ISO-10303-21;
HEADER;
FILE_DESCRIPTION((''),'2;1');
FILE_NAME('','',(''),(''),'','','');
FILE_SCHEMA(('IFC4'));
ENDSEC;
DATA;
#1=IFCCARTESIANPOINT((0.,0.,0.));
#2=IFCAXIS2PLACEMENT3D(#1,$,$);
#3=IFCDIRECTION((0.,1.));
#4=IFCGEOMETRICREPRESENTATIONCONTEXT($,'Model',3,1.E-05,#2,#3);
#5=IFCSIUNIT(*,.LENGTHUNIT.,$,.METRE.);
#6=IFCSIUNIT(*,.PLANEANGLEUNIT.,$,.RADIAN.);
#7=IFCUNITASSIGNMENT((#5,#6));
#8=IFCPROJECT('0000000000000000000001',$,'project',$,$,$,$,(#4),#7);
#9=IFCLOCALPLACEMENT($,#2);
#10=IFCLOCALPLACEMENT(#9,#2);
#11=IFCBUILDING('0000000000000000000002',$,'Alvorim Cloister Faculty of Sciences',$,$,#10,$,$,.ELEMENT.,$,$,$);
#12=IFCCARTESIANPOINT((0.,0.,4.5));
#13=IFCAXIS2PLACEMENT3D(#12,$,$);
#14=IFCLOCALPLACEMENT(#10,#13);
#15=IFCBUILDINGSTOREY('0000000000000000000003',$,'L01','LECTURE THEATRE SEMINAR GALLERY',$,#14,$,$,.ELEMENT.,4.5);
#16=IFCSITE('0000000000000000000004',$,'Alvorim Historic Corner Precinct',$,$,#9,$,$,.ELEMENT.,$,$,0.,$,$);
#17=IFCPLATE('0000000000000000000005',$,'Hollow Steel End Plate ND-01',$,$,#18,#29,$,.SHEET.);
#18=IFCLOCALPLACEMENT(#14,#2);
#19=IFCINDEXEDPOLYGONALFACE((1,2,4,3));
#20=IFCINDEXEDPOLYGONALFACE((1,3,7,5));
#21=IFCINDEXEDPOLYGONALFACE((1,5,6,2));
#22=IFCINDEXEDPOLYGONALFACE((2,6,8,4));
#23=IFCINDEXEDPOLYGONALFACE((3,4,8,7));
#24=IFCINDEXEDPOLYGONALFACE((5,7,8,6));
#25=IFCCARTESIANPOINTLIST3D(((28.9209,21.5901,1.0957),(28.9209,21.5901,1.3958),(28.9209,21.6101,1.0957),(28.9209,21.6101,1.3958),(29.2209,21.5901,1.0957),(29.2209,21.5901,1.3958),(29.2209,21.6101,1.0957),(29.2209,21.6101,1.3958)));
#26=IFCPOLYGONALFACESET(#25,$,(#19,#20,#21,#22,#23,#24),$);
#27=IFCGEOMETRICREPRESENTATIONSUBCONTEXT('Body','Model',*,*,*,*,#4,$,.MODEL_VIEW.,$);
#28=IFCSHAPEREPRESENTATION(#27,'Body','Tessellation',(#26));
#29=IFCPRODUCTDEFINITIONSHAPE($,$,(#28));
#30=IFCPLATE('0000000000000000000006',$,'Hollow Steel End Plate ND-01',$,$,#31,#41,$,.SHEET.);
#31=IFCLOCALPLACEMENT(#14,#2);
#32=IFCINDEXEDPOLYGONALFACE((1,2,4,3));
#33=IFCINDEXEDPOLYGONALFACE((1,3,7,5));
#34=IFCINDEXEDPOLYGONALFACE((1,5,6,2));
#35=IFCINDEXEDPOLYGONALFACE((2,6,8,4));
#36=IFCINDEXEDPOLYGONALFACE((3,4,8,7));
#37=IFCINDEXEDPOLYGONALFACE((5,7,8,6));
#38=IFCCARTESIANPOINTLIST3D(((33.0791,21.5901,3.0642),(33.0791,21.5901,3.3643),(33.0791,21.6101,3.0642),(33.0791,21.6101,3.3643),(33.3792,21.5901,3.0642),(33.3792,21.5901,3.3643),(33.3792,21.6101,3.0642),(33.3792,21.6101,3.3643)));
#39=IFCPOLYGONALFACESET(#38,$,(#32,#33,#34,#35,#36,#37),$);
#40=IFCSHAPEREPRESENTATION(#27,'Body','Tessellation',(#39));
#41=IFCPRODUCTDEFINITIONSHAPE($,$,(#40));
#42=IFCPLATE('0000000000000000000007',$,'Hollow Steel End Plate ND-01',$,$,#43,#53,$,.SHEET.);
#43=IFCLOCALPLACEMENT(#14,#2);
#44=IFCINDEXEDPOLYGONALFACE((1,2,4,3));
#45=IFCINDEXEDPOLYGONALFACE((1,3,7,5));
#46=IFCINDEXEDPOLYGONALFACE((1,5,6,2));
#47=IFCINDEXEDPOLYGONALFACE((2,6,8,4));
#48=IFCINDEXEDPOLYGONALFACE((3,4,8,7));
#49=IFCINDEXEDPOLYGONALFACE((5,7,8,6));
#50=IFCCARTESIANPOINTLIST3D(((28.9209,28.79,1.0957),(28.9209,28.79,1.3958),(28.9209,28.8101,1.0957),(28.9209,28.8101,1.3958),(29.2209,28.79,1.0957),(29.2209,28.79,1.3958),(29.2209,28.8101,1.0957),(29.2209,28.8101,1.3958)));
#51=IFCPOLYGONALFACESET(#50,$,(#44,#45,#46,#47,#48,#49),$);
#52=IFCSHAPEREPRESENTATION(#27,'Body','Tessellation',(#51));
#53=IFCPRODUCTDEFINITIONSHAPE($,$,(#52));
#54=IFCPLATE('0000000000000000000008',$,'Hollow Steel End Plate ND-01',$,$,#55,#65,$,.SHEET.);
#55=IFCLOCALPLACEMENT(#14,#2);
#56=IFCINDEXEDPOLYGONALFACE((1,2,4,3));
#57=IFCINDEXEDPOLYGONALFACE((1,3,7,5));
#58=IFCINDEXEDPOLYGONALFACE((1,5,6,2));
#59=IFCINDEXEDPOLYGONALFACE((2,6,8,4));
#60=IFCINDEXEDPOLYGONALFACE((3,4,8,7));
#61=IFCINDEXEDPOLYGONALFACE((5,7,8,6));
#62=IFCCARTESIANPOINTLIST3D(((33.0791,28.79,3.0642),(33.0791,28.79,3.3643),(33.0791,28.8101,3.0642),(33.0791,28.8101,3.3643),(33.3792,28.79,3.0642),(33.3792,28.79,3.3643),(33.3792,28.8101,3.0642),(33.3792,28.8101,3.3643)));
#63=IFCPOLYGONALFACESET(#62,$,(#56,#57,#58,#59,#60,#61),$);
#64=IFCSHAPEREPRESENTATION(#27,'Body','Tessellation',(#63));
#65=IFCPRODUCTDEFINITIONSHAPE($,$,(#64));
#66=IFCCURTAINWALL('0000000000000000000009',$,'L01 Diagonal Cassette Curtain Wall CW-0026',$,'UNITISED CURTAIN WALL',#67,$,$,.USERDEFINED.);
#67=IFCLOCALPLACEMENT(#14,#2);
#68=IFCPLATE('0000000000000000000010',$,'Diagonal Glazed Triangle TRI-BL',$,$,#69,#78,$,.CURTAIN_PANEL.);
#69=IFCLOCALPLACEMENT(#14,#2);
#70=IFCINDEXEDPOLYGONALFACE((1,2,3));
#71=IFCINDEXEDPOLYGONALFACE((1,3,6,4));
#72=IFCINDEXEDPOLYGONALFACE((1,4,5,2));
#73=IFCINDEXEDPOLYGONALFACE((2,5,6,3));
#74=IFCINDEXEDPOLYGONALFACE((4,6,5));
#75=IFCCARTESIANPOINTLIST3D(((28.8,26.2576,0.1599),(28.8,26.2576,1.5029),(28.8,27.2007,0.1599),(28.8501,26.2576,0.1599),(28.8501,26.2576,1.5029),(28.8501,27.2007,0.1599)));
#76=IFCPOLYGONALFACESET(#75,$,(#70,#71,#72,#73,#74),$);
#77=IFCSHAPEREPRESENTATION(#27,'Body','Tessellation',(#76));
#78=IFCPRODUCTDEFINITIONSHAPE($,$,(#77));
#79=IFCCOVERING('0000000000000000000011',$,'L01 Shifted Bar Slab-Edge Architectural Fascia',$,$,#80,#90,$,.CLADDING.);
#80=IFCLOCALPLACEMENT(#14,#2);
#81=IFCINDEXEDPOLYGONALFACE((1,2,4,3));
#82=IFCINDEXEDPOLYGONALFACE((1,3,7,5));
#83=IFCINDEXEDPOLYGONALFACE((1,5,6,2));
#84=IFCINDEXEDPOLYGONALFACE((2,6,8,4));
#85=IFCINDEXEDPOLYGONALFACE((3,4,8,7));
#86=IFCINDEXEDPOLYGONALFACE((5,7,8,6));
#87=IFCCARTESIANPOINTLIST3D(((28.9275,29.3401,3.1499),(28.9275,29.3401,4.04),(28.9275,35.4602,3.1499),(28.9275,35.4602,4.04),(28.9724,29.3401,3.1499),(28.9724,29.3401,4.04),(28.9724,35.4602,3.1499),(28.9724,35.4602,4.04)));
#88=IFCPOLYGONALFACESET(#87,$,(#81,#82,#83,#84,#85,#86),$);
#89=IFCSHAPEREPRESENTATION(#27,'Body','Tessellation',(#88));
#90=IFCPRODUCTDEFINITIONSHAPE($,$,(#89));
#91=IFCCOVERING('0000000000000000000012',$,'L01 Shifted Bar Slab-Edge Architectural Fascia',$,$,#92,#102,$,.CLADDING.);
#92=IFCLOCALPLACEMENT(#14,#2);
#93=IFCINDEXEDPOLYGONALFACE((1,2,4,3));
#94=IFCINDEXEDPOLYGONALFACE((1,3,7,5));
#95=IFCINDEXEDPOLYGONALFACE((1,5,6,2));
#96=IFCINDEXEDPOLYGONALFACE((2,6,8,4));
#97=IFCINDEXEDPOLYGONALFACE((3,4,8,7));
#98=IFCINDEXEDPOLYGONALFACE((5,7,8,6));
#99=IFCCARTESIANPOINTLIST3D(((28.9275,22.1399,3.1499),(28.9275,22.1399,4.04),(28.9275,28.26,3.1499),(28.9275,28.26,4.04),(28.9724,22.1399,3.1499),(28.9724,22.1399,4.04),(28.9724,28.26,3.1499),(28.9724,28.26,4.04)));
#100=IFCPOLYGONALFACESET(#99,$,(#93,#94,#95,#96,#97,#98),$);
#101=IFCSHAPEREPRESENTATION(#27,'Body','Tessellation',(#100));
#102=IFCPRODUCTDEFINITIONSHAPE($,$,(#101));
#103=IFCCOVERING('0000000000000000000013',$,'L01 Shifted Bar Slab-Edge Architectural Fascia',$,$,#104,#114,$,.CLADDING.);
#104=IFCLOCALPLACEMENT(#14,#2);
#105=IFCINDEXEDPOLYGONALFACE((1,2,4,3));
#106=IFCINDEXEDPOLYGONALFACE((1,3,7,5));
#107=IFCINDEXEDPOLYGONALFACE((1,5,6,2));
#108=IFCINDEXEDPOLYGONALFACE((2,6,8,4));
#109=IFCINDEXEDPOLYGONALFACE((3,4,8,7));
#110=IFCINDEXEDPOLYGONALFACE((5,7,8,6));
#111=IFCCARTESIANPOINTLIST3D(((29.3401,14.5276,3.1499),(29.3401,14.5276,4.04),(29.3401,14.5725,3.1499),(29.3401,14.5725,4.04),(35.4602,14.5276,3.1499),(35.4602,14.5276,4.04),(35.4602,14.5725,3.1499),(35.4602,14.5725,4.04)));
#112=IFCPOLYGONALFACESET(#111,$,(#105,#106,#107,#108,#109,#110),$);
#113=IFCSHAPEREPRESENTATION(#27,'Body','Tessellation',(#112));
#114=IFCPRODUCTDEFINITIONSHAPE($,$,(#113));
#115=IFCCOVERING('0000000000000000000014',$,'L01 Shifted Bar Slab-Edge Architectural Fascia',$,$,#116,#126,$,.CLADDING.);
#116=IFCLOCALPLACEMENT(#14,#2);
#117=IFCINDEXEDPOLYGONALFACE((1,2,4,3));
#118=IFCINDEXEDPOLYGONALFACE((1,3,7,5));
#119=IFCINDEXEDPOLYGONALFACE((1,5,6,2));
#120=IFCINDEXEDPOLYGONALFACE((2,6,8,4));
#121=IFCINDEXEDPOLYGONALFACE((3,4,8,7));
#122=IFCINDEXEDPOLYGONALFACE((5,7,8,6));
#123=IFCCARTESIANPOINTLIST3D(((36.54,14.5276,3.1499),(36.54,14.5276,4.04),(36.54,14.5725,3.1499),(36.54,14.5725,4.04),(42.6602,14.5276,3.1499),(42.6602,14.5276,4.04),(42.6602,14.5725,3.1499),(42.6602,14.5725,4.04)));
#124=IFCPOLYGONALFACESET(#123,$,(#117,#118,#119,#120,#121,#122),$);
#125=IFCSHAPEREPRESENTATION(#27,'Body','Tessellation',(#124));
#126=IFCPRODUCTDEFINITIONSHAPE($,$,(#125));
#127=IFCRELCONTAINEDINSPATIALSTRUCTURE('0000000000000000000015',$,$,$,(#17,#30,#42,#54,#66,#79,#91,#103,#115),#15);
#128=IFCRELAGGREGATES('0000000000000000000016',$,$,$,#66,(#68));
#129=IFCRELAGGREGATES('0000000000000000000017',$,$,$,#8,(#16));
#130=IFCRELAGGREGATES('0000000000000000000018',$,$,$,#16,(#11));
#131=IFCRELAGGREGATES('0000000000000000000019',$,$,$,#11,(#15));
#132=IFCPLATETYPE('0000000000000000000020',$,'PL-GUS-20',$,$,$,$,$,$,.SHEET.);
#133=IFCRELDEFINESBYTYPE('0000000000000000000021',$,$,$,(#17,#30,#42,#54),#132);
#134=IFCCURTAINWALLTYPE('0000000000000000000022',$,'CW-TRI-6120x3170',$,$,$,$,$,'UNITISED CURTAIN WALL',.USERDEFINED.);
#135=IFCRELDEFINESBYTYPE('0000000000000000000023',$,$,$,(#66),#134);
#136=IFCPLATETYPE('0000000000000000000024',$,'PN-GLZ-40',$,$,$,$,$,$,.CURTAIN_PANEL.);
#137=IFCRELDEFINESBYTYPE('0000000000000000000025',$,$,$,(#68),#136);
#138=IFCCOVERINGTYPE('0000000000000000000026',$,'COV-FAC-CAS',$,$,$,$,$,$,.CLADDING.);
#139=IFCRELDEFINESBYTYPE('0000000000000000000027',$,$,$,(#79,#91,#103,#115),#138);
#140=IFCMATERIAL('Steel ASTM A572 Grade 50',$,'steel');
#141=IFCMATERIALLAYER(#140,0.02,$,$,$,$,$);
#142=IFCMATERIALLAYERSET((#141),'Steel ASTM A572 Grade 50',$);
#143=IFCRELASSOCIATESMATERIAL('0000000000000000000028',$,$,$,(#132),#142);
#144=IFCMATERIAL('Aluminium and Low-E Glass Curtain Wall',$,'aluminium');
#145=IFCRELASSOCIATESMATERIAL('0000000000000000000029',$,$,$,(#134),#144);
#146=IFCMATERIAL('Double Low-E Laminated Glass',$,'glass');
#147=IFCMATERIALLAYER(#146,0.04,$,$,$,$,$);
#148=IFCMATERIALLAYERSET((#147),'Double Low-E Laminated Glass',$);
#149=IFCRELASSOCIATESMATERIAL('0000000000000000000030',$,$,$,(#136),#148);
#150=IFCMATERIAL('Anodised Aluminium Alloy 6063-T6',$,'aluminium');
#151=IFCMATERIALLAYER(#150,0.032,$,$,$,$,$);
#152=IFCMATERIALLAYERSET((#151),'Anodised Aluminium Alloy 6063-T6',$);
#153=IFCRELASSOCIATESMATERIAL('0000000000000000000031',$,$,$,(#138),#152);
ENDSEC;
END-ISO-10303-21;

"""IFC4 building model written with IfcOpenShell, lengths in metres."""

from ifc_helpers import new_model, si_unit, direction, frame, origin, place, context, subcontext, project, spatial, polyline, outline, extrude, material, layer, layer_set, type_object, element, aggregate, save


model = new_model("IFC4")

# Units and contexts
model_context = context("Model", 3, precision=1e-05, world=origin(), true_north=direction((0.0, 1.0)))
body_context = subcontext(model_context, "Body", "Model", "MODEL_VIEW")
ifc_project = project(units=[si_unit("LENGTHUNIT", "METRE"), si_unit("PLANEANGLEUNIT", "RADIAN")], contexts=[model_context])

# Site, building, storey
site_placement = place(None, origin())
site = spatial("IfcSite", under=ifc_project, at=site_placement, Name="Alvorim Historic Corner Precinct", CompositionType="ELEMENT", RefElevation=0.0)
building_placement = place(site_placement, origin())
building = spatial("IfcBuilding", under=site, at=building_placement, Name="Alvorim Cloister Faculty of Sciences", CompositionType="ELEMENT")
storey_placement = place(building_placement, frame((0.0, 0.0, 4.5)))
storey = spatial("IfcBuildingStorey", under=building, at=storey_placement, Name="L01", Description="LECTURE THEATRE SEMINAR GALLERY", CompositionType="ELEMENT", Elevation=4.5)

# Shared definitions
ifc_material_1 = material(Name="Steel ASTM A572 Grade 50", Category="steel")

# Plates
ifc_layer_1 = layer(ifc_material_1, 0.02)
ifc_layer_set_1 = layer_set([ifc_layer_1], Name="Steel ASTM A572 Grade 50")
plate_type_1 = type_object("IfcPlateType", Name="PL-GUS-20", PredefinedType="SHEET", material=ifc_layer_set_1)
for number, where, z_axis, x_axis, name in (
    (1, (28.9209, 21.6001, 1.0957), (0.0, 0.0, 1.0), (1.0, 0.0, 0.0), "Hollow Steel End Plate ND-01"),
    (2, (33.0791, 21.6001, 3.0642), (0.0, 0.0, 1.0), (1.0, 0.0, 0.0), "Hollow Steel End Plate ND-01"),
    (3, (28.9209, 28.8, 1.0957), (0.0, 0.0, 1.0), (1.0, 0.0, 0.0), "Hollow Steel End Plate ND-01"),
    (4, (33.0791, 28.8, 3.0642), (0.0, 0.0, 1.0), (1.0, 0.0, 0.0), "Hollow Steel End Plate ND-01"),
):
    element("IfcPlate", number, at=place(storey_placement, frame(where, z_axis=z_axis, x_axis=x_axis)), inside=storey, type_object=plate_type_1, Name=name, PredefinedType="SHEET", context=body_context, shape_type="SweptSolid", body=[
        extrude(outline(polyline([(0.0, 0.0), (0.3, 0.0), (0.3, 0.3), (0.0, 0.3), (0.0, 0.0)])), frame((0.0, 0.01, 0.0), z_axis=(0.0, -1.0, 0.0), x_axis=(1.0, 0.0, 0.0)), (0.0, 0.0, 1.0), 0.02),
    ])

# Curtain wall, plate
ifc_material_2 = material(Name="Aluminium and Low-E Glass Curtain Wall", Category="aluminium")
curtain_wall_type = type_object("IfcCurtainWallType", Name="CW-TRI-6120x3170", ElementType="UNITISED CURTAIN WALL", PredefinedType="USERDEFINED", material=ifc_material_2)
ifc_material_3 = material(Name="Double Low-E Laminated Glass", Category="glass")
ifc_layer_2 = layer(ifc_material_3, 0.04)
ifc_layer_set_2 = layer_set([ifc_layer_2], Name="Double Low-E Laminated Glass")
plate_type_2 = type_object("IfcPlateType", Name="PN-GLZ-40", PredefinedType="CURTAIN_PANEL", material=ifc_layer_set_2)
curtain_wall_1_placement = place(storey_placement, origin())
curtain_wall_1 = element("IfcCurtainWall", 5, at=curtain_wall_1_placement, inside=storey, type_object=curtain_wall_type, Name="L01 Diagonal Cassette Curtain Wall CW-0026", ObjectType="UNITISED CURTAIN WALL", PredefinedType="USERDEFINED")
plate_1_placement = place(storey_placement, frame((28.825, 26.2576, 0.1599), z_axis=(0.0, 0.0, 1.0), x_axis=(0.0, 1.0, 0.0)))
plate_1 = element("IfcPlate", 6, at=plate_1_placement, type_object=plate_type_2, Name="Diagonal Glazed Triangle TRI-BL", PredefinedType="CURTAIN_PANEL", context=body_context, shape_type="SweptSolid", body=[
    extrude(outline(polyline([(0.0, 0.0), (0.9431, 0.0), (0.0, 1.343), (0.0, 0.0)])), frame((0.0, 0.0249, 0.0), z_axis=(0.0, -1.0, 0.0), x_axis=(1.0, 0.0, 0.0)), (0.0, 0.0, 1.0), 0.05),
])
aggregate(curtain_wall_1, [plate_1])

# Coverings
ifc_material_4 = material(Name="Anodised Aluminium Alloy 6063-T6", Category="aluminium")
ifc_layer_3 = layer(ifc_material_4, 0.032)
ifc_layer_set_3 = layer_set([ifc_layer_3], Name="Anodised Aluminium Alloy 6063-T6")
covering_type = type_object("IfcCoveringType", Name="COV-FAC-CAS", PredefinedType="CLADDING", material=ifc_layer_set_3)
for number, where, z_axis, x_axis, name in (
    (7, (28.95, 29.3401, 3.1499), (0.0, 0.0, 1.0), (0.0, 1.0, 0.0), "L01 Shifted Bar Slab-Edge Architectural Fascia"),
    (8, (28.95, 22.1399, 3.1499), (0.0, 0.0, 1.0), (0.0, 1.0, 0.0), "L01 Shifted Bar Slab-Edge Architectural Fascia"),
    (9, (29.3401, 14.55, 3.1499), (0.0, 0.0, 1.0), (1.0, 0.0, 0.0), "L01 Shifted Bar Slab-Edge Architectural Fascia"),
    (10, (36.54, 14.55, 3.1499), (0.0, 0.0, 1.0), (1.0, 0.0, 0.0), "L01 Shifted Bar Slab-Edge Architectural Fascia"),
):
    element("IfcCovering", number, at=place(storey_placement, frame(where, z_axis=z_axis, x_axis=x_axis)), inside=storey, type_object=covering_type, Name=name, PredefinedType="CLADDING", context=body_context, shape_type="SweptSolid", body=[
        extrude(outline(polyline([(0.0, 0.0), (6.1201, 0.0), (6.1201, 0.8901), (0.0, 0.8901), (0.0, 0.0)])), frame((0.0, 0.0225, 0.0), z_axis=(0.0, -1.0, 0.0), x_axis=(1.0, 0.0, 0.0)), (0.0, 0.0, 1.0), 0.0449),
    ])

save(model, "model.ifc")
